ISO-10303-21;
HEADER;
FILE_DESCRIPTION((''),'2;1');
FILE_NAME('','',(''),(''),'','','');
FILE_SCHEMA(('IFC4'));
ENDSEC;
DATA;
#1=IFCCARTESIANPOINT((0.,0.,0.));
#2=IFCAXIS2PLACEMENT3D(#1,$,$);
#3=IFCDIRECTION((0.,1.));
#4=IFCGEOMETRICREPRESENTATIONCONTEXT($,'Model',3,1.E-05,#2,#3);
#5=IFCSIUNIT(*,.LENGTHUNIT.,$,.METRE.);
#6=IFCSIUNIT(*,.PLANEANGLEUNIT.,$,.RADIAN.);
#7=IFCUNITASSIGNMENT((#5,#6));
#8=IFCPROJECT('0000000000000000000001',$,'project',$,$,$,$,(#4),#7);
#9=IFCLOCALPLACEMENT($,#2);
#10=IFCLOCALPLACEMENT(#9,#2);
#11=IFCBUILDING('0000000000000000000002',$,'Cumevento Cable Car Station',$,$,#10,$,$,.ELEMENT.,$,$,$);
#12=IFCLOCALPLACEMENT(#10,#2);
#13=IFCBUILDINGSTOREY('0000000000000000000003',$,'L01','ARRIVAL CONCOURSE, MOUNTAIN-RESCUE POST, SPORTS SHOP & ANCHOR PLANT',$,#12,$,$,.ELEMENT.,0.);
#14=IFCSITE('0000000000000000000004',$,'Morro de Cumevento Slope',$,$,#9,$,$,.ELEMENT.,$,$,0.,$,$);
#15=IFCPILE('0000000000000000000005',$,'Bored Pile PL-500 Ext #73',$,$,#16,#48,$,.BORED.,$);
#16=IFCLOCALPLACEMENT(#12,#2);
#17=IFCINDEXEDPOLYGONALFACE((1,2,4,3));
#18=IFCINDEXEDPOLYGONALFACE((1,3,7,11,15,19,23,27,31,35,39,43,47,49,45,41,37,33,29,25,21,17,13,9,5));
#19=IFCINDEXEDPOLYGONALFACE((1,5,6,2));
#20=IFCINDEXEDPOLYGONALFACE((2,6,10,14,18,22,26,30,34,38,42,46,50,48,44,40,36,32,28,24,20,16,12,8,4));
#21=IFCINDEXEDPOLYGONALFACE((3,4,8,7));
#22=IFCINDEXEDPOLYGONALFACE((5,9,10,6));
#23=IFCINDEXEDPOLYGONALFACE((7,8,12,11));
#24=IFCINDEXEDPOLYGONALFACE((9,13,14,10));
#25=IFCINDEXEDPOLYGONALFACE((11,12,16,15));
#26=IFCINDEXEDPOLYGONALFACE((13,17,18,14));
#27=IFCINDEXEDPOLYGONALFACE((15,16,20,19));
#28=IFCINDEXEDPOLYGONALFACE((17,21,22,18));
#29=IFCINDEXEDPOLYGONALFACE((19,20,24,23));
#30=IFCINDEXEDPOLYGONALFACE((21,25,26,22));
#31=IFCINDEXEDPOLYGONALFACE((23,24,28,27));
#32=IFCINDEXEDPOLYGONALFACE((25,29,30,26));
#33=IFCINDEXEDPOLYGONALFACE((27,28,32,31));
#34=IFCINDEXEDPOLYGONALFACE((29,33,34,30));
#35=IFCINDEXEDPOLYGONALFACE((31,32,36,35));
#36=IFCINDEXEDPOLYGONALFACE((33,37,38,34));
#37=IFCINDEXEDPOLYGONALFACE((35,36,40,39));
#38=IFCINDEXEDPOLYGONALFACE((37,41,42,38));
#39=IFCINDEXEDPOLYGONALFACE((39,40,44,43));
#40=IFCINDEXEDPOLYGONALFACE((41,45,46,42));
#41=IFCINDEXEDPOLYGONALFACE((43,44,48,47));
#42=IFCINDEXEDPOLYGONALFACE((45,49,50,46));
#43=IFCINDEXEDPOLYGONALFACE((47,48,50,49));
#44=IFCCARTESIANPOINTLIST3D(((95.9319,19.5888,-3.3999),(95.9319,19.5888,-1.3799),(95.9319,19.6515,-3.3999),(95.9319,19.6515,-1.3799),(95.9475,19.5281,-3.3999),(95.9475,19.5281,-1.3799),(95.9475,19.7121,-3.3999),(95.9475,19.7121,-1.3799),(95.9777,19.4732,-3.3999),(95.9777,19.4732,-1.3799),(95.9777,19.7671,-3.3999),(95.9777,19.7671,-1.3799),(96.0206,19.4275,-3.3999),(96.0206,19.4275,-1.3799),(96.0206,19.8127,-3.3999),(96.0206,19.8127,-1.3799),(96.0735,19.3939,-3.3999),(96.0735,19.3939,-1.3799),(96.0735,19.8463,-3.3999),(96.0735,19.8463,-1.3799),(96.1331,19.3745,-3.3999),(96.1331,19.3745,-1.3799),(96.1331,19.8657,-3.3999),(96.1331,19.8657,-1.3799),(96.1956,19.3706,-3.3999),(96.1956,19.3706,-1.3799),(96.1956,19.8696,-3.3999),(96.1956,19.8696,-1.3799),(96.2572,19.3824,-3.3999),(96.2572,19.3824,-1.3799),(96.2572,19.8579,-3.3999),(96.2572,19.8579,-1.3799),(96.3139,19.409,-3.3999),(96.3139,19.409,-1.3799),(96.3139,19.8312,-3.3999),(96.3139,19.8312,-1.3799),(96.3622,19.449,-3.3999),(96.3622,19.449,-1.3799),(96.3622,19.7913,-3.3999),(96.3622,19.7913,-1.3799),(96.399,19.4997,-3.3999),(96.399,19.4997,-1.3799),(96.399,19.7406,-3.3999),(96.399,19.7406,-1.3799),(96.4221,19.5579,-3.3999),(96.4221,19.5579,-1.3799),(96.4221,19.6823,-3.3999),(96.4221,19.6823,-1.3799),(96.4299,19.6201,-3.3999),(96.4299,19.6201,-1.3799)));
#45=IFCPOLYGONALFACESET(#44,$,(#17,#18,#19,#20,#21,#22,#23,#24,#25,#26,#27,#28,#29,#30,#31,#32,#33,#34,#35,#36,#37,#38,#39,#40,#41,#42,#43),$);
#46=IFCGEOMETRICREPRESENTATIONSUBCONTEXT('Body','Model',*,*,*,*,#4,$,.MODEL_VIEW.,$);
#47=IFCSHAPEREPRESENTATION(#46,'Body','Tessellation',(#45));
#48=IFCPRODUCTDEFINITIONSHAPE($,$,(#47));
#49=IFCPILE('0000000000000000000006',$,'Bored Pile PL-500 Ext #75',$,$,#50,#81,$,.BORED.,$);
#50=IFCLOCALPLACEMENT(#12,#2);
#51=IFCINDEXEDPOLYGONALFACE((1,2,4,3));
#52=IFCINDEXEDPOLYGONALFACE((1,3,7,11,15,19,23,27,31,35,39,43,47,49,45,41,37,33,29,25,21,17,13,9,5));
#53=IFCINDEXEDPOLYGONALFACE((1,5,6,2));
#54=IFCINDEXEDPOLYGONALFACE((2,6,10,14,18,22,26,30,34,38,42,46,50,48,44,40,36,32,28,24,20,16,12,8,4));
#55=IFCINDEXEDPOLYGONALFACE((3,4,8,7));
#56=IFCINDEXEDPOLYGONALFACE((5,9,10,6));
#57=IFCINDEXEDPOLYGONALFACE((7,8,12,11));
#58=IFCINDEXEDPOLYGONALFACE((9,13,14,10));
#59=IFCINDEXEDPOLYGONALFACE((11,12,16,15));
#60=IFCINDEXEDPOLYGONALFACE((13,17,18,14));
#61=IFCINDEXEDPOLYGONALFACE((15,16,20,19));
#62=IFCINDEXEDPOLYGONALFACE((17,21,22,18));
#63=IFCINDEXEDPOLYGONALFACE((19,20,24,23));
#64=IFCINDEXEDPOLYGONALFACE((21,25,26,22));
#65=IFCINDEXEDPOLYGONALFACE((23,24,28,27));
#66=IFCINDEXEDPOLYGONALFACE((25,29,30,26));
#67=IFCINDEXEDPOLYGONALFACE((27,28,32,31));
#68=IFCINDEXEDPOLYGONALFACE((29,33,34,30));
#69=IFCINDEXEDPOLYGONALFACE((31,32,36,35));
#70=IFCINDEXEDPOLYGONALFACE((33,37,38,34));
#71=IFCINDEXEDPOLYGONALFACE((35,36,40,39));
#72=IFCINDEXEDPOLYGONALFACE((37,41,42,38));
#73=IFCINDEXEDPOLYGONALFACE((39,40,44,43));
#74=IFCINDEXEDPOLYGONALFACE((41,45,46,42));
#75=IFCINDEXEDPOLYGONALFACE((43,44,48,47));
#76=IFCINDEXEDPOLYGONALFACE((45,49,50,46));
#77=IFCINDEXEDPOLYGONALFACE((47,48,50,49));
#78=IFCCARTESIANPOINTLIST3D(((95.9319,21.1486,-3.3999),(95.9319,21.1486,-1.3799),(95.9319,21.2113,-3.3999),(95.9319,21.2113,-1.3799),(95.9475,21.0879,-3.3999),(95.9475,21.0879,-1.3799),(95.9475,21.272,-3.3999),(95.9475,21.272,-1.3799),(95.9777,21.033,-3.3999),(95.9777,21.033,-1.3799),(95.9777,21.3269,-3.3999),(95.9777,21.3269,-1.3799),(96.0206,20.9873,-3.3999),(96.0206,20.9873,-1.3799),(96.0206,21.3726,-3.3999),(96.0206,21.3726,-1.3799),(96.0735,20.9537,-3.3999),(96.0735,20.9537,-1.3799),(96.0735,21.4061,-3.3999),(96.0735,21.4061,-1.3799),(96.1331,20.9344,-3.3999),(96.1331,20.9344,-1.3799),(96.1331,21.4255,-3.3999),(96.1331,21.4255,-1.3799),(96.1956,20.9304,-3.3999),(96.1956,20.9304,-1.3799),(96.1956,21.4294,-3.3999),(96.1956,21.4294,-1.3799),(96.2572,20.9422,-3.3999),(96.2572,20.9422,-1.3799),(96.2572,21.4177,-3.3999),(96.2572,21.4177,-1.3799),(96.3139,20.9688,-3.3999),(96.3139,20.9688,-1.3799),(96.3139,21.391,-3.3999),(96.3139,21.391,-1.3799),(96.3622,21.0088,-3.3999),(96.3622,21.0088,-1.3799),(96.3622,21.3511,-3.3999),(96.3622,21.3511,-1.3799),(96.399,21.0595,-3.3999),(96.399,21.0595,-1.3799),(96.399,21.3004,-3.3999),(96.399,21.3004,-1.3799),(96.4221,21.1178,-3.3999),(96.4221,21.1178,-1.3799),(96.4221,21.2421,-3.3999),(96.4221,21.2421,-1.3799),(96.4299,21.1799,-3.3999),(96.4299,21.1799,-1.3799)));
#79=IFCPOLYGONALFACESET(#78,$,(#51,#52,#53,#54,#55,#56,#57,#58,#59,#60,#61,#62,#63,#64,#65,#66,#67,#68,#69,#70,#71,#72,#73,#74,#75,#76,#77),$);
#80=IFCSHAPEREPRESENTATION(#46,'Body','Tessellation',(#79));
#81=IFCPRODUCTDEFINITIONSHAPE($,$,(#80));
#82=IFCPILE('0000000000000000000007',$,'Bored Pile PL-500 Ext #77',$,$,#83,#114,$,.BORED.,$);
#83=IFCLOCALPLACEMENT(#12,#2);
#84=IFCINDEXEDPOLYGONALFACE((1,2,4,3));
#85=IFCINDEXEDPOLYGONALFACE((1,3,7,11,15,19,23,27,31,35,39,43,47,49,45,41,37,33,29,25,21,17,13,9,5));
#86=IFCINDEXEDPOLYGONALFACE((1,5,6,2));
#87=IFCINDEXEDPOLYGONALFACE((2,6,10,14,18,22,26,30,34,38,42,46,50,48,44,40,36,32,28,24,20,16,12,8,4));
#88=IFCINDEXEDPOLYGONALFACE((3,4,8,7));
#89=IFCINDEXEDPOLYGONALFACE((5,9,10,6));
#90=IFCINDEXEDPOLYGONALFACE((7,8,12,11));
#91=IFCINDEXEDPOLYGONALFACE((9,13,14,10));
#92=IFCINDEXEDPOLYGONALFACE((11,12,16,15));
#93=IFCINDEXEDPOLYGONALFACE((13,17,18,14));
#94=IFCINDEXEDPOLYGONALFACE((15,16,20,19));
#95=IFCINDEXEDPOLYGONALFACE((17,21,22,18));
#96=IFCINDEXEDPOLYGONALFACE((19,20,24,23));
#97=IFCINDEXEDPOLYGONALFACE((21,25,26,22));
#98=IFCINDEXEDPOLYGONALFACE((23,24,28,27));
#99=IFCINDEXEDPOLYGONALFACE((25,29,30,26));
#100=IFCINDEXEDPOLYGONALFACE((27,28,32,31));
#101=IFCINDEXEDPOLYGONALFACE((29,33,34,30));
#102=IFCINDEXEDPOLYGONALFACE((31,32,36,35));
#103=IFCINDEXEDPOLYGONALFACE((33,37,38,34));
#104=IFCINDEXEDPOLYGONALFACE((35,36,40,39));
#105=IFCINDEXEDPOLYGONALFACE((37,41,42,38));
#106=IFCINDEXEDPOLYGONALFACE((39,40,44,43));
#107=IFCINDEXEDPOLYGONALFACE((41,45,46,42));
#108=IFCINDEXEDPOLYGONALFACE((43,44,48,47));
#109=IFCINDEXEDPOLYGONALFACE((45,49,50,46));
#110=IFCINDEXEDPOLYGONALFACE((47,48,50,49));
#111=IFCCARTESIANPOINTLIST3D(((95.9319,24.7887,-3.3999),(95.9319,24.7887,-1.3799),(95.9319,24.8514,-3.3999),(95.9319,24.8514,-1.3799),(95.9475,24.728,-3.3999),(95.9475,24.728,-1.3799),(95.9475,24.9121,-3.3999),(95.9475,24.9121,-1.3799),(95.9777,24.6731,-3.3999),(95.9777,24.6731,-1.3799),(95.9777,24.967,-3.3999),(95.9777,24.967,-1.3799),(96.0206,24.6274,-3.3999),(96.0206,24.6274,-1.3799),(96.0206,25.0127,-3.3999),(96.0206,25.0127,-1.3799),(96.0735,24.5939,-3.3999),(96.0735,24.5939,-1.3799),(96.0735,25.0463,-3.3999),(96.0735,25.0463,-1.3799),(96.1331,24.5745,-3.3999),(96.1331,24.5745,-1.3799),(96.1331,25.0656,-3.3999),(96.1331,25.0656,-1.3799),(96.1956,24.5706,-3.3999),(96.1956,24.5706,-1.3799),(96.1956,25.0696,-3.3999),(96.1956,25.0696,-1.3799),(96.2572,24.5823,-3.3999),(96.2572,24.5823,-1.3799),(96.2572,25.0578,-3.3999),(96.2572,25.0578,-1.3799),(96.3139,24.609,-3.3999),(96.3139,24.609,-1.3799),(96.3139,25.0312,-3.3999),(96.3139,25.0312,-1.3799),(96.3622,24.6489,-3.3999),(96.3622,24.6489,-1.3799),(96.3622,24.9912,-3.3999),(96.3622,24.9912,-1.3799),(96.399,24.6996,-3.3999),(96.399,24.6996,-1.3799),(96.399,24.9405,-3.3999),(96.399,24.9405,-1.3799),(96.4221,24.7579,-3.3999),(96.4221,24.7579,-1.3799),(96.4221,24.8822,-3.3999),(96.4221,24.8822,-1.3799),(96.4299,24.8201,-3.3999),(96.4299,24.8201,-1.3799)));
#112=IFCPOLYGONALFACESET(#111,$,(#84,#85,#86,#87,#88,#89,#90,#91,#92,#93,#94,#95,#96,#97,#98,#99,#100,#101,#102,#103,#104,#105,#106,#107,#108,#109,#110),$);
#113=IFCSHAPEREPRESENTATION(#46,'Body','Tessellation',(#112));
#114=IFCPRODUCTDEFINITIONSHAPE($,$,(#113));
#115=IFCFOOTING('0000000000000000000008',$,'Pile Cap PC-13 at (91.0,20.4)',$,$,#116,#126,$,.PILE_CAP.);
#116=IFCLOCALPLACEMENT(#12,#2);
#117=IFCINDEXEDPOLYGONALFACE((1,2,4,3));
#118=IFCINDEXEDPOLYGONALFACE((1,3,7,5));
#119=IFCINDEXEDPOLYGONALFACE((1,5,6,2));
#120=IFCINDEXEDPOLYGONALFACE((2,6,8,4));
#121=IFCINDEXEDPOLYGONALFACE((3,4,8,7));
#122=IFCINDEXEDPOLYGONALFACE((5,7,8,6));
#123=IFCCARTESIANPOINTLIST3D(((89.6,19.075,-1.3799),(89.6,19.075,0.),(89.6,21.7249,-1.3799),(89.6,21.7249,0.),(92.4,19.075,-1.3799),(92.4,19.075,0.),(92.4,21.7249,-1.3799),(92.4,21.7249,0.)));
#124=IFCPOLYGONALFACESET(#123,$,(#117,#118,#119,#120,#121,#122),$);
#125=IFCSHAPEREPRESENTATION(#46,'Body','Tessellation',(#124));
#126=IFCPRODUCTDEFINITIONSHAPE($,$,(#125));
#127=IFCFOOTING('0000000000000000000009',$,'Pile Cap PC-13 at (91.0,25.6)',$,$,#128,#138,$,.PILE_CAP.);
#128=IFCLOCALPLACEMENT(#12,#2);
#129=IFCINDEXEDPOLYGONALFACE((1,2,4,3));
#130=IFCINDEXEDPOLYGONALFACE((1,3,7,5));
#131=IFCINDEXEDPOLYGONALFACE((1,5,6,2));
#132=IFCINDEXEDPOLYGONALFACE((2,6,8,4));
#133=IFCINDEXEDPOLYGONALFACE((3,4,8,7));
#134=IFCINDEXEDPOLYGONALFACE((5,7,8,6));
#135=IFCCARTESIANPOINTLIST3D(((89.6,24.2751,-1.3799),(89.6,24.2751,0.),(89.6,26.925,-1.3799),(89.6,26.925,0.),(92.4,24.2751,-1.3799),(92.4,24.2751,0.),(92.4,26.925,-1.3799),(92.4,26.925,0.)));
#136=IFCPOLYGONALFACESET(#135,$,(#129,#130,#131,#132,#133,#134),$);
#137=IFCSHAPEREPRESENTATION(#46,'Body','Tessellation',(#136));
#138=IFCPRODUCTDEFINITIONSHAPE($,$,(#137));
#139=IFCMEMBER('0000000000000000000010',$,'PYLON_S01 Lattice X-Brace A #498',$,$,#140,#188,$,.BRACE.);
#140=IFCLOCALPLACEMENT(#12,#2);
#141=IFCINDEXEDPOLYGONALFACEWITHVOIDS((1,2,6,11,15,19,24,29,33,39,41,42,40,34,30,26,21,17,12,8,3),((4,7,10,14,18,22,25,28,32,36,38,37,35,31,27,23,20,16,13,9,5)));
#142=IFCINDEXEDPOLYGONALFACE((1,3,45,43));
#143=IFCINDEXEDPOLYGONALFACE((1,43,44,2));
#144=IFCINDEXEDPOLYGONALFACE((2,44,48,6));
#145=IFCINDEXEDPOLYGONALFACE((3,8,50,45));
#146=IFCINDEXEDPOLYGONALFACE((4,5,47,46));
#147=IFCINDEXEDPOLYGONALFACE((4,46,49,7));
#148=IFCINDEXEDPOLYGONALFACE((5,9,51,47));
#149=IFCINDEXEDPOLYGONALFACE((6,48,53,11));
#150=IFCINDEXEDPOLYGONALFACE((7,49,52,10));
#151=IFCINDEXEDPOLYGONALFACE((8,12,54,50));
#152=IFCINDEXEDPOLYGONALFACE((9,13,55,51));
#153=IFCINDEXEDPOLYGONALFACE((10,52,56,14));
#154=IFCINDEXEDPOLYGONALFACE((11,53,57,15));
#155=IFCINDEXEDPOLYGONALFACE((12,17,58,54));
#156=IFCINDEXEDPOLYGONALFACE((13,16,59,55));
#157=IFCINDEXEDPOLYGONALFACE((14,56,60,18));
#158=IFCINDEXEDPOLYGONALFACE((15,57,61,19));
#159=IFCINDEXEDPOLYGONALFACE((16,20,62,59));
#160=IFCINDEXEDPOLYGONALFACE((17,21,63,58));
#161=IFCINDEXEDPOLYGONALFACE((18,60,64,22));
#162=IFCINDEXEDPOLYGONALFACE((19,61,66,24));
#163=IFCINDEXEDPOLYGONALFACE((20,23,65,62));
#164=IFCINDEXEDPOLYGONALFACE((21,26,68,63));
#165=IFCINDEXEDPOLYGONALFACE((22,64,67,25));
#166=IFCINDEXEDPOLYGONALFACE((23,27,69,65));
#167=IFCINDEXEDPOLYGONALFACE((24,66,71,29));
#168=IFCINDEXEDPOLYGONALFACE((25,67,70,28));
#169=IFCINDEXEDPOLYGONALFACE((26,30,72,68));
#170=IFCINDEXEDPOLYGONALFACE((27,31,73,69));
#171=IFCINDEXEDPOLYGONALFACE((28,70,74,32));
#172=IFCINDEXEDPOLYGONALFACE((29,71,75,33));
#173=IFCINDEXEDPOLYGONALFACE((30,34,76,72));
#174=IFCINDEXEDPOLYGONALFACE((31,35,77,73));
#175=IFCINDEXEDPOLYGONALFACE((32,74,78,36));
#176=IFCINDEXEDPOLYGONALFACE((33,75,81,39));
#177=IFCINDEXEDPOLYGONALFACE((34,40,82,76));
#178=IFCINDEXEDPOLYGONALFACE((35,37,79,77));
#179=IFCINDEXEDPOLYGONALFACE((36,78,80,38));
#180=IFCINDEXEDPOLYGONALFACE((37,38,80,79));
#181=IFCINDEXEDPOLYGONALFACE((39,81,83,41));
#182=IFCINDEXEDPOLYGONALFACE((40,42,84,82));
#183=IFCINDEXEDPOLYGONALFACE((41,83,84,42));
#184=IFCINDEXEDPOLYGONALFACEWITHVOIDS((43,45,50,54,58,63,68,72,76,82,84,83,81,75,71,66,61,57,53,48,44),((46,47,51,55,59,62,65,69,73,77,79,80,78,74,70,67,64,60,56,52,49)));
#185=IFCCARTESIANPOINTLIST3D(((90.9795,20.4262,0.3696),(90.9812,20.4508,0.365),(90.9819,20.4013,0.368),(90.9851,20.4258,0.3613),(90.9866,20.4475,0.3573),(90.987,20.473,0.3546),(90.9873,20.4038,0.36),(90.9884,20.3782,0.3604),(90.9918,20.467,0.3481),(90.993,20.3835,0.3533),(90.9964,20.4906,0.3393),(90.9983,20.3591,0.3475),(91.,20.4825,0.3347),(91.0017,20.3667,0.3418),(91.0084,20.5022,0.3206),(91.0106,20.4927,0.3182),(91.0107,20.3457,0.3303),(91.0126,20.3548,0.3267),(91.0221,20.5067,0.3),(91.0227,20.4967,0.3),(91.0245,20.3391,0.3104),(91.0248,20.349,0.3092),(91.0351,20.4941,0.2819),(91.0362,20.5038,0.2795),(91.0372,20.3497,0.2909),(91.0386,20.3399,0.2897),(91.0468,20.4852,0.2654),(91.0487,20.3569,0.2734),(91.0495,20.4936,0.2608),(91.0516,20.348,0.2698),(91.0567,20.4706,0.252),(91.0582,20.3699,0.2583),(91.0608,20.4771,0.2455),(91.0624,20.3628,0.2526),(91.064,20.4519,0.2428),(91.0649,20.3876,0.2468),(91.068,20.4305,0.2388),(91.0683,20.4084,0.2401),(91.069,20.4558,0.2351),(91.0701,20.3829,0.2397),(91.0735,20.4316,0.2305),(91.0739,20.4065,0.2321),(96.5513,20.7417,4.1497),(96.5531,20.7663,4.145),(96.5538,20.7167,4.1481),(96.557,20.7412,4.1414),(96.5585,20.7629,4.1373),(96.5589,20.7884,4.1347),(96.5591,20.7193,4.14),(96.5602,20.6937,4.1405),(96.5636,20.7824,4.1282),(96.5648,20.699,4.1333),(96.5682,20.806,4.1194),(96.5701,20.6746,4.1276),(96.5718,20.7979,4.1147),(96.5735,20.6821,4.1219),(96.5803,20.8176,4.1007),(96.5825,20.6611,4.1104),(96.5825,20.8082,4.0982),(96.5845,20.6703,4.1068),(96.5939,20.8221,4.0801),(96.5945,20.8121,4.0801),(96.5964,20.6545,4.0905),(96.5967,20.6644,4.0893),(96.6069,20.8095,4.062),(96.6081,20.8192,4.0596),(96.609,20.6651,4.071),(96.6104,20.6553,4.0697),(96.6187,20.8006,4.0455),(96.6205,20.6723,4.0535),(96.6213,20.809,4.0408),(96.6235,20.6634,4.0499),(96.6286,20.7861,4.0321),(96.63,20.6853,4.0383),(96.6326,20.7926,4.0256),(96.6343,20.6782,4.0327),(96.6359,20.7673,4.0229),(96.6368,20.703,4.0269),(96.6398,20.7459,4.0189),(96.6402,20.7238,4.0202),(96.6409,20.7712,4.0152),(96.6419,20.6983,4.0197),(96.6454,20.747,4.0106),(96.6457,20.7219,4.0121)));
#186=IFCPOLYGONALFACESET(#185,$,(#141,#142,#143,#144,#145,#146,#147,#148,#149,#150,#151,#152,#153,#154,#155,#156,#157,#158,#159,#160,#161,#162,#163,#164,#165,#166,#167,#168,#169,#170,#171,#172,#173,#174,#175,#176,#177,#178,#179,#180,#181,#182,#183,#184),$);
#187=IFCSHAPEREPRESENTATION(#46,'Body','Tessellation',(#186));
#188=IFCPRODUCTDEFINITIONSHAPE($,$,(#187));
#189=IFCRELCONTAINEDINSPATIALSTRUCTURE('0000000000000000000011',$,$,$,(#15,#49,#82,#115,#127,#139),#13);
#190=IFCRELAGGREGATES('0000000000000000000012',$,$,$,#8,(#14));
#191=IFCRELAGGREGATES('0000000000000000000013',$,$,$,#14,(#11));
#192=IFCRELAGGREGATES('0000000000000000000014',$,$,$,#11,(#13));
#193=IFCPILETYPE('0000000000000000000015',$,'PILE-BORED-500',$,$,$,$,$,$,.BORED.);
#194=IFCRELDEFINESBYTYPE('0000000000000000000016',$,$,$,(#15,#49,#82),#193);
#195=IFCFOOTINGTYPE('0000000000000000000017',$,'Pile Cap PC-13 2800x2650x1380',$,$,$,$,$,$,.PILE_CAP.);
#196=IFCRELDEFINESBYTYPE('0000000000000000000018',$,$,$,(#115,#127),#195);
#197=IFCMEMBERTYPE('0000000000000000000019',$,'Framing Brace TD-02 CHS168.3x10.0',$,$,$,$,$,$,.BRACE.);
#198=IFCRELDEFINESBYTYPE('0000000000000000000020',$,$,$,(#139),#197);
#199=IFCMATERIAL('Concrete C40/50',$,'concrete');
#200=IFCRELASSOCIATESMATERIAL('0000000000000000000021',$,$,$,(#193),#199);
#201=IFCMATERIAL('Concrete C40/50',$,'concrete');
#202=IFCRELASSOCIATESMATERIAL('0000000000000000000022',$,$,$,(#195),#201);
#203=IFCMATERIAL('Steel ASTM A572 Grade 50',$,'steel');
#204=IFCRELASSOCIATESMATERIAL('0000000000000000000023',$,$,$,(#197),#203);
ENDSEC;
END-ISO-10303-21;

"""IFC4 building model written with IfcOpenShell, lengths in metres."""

from ifc_helpers import new_model, si_unit, direction, frame, origin, origin_2d, place, context, subcontext, project, spatial, rectangle, circle, hollow_circle, extrude, material, material_profile, profile_set, type_object, element, save


model = new_model("IFC4")

# Units and contexts
model_context = context("Model", 3, precision=1e-05, world=origin(), true_north=direction((0.0, 1.0)))
body_context = subcontext(model_context, "Body", "Model", "MODEL_VIEW")
ifc_project = project(units=[si_unit("LENGTHUNIT", "METRE"), si_unit("PLANEANGLEUNIT", "RADIAN")], contexts=[model_context])

# Site, building, storey
site_placement = place(None, origin())
site = spatial("IfcSite", under=ifc_project, at=site_placement, Name="Morro de Cumevento Slope", CompositionType="ELEMENT", RefElevation=0.0)
building_placement = place(site_placement, origin())
building = spatial("IfcBuilding", under=site, at=building_placement, Name="Cumevento Cable Car Station", CompositionType="ELEMENT")
storey_placement = place(building_placement, origin())
storey = spatial("IfcBuildingStorey", under=building, at=storey_placement, Name="L01", Description="ARRIVAL CONCOURSE, MOUNTAIN-RESCUE POST, SPORTS SHOP & ANCHOR PLANT", CompositionType="ELEMENT", Elevation=0.0)

# Piles
ifc_material_1 = material(Name="Concrete C40/50", Category="concrete")
ifc_material_profile_1 = material_profile(ifc_material_1, circle(Radius=0.25, at=origin_2d()), Name="PILE-D500")
ifc_profile_set_1 = profile_set([ifc_material_profile_1], Name="Concrete C40/50")
pile_type = type_object("IfcPileType", Name="PILE-BORED-500", PredefinedType="BORED", material=ifc_profile_set_1)
for number, where, z_axis, x_axis, name in (
    (1, (96.1799, 19.6201, -1.3799), (0.0, 0.0, -1.0), (1.0, 0.0, 0.0), "Bored Pile PL-500 Ext #73"),
    (2, (96.1799, 21.1799, -1.3799), (0.0, 0.0, -1.0), (1.0, 0.0, 0.0), "Bored Pile PL-500 Ext #75"),
    (3, (96.1799, 24.8201, -1.3799), (0.0, 0.0, -1.0), (1.0, 0.0, 0.0), "Bored Pile PL-500 Ext #77"),
):
    element("IfcPile", number, at=place(storey_placement, frame(where, z_axis=z_axis, x_axis=x_axis)), inside=storey, type_object=pile_type, Name=name, PredefinedType="BORED", context=body_context, shape_type="SweptSolid", body=[
        extrude(circle(Radius=0.25, at=origin_2d()), origin(), (0.0, 0.0, 1.0), 2.02),
    ])

# Footings
ifc_material_2 = material(Name="Concrete C40/50", Category="concrete")
footing_type = type_object("IfcFootingType", Name="Pile Cap PC-13 2800x2650x1380", PredefinedType="PILE_CAP", material=ifc_material_2)
for number, where, z_axis, x_axis, name in (
    (4, (91.0, 20.3999, -1.3799), (0.0, 0.0, 1.0), (1.0, 0.0, 0.0), "Pile Cap PC-13 at (91.0,20.4)"),
    (5, (91.0, 25.6001, -1.3799), (0.0, 0.0, 1.0), (1.0, 0.0, 0.0), "Pile Cap PC-13 at (91.0,25.6)"),
):
    element("IfcFooting", number, at=place(storey_placement, frame(where, z_axis=z_axis, x_axis=x_axis)), inside=storey, type_object=footing_type, Name=name, PredefinedType="PILE_CAP", context=body_context, shape_type="SweptSolid", body=[
        extrude(rectangle(XDim=2.8, YDim=2.6499, at=origin_2d()), origin(), (0.0, 0.0, 1.0), 1.3799),
    ])

# Member
ifc_material_3 = material(Name="Steel ASTM A572 Grade 50", Category="steel")
ifc_material_profile_2 = material_profile(ifc_material_3, hollow_circle(Radius=0.0842, WallThickness=0.01, at=origin_2d()), Name="CHS168.3x10.0")
ifc_profile_set_2 = profile_set([ifc_material_profile_2], Name="Steel ASTM A572 Grade 50")
member_type_1 = type_object("IfcMemberType", Name="Framing Brace TD-02 CHS168.3x10.0", PredefinedType="BRACE", material=ifc_profile_set_2)
member_1_placement = place(storey_placement, frame((91.0269, 20.4226, 0.3), z_axis=(0.826626, 0.046797, 0.560803), x_axis=(-0.056522, 0.998401, 0.0)))
element("IfcMember", 6, at=member_1_placement, inside=storey, type_object=member_type_1, Name="PYLON_S01 Lattice X-Brace A #498", PredefinedType="BRACE", context=body_context, shape_type="SweptSolid", body=[
    extrude(hollow_circle(Radius=0.0842, WallThickness=0.01, at=origin_2d()), origin(), (0.0, 0.0, 1.0), 6.7405),
])

save(model, "model.ifc")
